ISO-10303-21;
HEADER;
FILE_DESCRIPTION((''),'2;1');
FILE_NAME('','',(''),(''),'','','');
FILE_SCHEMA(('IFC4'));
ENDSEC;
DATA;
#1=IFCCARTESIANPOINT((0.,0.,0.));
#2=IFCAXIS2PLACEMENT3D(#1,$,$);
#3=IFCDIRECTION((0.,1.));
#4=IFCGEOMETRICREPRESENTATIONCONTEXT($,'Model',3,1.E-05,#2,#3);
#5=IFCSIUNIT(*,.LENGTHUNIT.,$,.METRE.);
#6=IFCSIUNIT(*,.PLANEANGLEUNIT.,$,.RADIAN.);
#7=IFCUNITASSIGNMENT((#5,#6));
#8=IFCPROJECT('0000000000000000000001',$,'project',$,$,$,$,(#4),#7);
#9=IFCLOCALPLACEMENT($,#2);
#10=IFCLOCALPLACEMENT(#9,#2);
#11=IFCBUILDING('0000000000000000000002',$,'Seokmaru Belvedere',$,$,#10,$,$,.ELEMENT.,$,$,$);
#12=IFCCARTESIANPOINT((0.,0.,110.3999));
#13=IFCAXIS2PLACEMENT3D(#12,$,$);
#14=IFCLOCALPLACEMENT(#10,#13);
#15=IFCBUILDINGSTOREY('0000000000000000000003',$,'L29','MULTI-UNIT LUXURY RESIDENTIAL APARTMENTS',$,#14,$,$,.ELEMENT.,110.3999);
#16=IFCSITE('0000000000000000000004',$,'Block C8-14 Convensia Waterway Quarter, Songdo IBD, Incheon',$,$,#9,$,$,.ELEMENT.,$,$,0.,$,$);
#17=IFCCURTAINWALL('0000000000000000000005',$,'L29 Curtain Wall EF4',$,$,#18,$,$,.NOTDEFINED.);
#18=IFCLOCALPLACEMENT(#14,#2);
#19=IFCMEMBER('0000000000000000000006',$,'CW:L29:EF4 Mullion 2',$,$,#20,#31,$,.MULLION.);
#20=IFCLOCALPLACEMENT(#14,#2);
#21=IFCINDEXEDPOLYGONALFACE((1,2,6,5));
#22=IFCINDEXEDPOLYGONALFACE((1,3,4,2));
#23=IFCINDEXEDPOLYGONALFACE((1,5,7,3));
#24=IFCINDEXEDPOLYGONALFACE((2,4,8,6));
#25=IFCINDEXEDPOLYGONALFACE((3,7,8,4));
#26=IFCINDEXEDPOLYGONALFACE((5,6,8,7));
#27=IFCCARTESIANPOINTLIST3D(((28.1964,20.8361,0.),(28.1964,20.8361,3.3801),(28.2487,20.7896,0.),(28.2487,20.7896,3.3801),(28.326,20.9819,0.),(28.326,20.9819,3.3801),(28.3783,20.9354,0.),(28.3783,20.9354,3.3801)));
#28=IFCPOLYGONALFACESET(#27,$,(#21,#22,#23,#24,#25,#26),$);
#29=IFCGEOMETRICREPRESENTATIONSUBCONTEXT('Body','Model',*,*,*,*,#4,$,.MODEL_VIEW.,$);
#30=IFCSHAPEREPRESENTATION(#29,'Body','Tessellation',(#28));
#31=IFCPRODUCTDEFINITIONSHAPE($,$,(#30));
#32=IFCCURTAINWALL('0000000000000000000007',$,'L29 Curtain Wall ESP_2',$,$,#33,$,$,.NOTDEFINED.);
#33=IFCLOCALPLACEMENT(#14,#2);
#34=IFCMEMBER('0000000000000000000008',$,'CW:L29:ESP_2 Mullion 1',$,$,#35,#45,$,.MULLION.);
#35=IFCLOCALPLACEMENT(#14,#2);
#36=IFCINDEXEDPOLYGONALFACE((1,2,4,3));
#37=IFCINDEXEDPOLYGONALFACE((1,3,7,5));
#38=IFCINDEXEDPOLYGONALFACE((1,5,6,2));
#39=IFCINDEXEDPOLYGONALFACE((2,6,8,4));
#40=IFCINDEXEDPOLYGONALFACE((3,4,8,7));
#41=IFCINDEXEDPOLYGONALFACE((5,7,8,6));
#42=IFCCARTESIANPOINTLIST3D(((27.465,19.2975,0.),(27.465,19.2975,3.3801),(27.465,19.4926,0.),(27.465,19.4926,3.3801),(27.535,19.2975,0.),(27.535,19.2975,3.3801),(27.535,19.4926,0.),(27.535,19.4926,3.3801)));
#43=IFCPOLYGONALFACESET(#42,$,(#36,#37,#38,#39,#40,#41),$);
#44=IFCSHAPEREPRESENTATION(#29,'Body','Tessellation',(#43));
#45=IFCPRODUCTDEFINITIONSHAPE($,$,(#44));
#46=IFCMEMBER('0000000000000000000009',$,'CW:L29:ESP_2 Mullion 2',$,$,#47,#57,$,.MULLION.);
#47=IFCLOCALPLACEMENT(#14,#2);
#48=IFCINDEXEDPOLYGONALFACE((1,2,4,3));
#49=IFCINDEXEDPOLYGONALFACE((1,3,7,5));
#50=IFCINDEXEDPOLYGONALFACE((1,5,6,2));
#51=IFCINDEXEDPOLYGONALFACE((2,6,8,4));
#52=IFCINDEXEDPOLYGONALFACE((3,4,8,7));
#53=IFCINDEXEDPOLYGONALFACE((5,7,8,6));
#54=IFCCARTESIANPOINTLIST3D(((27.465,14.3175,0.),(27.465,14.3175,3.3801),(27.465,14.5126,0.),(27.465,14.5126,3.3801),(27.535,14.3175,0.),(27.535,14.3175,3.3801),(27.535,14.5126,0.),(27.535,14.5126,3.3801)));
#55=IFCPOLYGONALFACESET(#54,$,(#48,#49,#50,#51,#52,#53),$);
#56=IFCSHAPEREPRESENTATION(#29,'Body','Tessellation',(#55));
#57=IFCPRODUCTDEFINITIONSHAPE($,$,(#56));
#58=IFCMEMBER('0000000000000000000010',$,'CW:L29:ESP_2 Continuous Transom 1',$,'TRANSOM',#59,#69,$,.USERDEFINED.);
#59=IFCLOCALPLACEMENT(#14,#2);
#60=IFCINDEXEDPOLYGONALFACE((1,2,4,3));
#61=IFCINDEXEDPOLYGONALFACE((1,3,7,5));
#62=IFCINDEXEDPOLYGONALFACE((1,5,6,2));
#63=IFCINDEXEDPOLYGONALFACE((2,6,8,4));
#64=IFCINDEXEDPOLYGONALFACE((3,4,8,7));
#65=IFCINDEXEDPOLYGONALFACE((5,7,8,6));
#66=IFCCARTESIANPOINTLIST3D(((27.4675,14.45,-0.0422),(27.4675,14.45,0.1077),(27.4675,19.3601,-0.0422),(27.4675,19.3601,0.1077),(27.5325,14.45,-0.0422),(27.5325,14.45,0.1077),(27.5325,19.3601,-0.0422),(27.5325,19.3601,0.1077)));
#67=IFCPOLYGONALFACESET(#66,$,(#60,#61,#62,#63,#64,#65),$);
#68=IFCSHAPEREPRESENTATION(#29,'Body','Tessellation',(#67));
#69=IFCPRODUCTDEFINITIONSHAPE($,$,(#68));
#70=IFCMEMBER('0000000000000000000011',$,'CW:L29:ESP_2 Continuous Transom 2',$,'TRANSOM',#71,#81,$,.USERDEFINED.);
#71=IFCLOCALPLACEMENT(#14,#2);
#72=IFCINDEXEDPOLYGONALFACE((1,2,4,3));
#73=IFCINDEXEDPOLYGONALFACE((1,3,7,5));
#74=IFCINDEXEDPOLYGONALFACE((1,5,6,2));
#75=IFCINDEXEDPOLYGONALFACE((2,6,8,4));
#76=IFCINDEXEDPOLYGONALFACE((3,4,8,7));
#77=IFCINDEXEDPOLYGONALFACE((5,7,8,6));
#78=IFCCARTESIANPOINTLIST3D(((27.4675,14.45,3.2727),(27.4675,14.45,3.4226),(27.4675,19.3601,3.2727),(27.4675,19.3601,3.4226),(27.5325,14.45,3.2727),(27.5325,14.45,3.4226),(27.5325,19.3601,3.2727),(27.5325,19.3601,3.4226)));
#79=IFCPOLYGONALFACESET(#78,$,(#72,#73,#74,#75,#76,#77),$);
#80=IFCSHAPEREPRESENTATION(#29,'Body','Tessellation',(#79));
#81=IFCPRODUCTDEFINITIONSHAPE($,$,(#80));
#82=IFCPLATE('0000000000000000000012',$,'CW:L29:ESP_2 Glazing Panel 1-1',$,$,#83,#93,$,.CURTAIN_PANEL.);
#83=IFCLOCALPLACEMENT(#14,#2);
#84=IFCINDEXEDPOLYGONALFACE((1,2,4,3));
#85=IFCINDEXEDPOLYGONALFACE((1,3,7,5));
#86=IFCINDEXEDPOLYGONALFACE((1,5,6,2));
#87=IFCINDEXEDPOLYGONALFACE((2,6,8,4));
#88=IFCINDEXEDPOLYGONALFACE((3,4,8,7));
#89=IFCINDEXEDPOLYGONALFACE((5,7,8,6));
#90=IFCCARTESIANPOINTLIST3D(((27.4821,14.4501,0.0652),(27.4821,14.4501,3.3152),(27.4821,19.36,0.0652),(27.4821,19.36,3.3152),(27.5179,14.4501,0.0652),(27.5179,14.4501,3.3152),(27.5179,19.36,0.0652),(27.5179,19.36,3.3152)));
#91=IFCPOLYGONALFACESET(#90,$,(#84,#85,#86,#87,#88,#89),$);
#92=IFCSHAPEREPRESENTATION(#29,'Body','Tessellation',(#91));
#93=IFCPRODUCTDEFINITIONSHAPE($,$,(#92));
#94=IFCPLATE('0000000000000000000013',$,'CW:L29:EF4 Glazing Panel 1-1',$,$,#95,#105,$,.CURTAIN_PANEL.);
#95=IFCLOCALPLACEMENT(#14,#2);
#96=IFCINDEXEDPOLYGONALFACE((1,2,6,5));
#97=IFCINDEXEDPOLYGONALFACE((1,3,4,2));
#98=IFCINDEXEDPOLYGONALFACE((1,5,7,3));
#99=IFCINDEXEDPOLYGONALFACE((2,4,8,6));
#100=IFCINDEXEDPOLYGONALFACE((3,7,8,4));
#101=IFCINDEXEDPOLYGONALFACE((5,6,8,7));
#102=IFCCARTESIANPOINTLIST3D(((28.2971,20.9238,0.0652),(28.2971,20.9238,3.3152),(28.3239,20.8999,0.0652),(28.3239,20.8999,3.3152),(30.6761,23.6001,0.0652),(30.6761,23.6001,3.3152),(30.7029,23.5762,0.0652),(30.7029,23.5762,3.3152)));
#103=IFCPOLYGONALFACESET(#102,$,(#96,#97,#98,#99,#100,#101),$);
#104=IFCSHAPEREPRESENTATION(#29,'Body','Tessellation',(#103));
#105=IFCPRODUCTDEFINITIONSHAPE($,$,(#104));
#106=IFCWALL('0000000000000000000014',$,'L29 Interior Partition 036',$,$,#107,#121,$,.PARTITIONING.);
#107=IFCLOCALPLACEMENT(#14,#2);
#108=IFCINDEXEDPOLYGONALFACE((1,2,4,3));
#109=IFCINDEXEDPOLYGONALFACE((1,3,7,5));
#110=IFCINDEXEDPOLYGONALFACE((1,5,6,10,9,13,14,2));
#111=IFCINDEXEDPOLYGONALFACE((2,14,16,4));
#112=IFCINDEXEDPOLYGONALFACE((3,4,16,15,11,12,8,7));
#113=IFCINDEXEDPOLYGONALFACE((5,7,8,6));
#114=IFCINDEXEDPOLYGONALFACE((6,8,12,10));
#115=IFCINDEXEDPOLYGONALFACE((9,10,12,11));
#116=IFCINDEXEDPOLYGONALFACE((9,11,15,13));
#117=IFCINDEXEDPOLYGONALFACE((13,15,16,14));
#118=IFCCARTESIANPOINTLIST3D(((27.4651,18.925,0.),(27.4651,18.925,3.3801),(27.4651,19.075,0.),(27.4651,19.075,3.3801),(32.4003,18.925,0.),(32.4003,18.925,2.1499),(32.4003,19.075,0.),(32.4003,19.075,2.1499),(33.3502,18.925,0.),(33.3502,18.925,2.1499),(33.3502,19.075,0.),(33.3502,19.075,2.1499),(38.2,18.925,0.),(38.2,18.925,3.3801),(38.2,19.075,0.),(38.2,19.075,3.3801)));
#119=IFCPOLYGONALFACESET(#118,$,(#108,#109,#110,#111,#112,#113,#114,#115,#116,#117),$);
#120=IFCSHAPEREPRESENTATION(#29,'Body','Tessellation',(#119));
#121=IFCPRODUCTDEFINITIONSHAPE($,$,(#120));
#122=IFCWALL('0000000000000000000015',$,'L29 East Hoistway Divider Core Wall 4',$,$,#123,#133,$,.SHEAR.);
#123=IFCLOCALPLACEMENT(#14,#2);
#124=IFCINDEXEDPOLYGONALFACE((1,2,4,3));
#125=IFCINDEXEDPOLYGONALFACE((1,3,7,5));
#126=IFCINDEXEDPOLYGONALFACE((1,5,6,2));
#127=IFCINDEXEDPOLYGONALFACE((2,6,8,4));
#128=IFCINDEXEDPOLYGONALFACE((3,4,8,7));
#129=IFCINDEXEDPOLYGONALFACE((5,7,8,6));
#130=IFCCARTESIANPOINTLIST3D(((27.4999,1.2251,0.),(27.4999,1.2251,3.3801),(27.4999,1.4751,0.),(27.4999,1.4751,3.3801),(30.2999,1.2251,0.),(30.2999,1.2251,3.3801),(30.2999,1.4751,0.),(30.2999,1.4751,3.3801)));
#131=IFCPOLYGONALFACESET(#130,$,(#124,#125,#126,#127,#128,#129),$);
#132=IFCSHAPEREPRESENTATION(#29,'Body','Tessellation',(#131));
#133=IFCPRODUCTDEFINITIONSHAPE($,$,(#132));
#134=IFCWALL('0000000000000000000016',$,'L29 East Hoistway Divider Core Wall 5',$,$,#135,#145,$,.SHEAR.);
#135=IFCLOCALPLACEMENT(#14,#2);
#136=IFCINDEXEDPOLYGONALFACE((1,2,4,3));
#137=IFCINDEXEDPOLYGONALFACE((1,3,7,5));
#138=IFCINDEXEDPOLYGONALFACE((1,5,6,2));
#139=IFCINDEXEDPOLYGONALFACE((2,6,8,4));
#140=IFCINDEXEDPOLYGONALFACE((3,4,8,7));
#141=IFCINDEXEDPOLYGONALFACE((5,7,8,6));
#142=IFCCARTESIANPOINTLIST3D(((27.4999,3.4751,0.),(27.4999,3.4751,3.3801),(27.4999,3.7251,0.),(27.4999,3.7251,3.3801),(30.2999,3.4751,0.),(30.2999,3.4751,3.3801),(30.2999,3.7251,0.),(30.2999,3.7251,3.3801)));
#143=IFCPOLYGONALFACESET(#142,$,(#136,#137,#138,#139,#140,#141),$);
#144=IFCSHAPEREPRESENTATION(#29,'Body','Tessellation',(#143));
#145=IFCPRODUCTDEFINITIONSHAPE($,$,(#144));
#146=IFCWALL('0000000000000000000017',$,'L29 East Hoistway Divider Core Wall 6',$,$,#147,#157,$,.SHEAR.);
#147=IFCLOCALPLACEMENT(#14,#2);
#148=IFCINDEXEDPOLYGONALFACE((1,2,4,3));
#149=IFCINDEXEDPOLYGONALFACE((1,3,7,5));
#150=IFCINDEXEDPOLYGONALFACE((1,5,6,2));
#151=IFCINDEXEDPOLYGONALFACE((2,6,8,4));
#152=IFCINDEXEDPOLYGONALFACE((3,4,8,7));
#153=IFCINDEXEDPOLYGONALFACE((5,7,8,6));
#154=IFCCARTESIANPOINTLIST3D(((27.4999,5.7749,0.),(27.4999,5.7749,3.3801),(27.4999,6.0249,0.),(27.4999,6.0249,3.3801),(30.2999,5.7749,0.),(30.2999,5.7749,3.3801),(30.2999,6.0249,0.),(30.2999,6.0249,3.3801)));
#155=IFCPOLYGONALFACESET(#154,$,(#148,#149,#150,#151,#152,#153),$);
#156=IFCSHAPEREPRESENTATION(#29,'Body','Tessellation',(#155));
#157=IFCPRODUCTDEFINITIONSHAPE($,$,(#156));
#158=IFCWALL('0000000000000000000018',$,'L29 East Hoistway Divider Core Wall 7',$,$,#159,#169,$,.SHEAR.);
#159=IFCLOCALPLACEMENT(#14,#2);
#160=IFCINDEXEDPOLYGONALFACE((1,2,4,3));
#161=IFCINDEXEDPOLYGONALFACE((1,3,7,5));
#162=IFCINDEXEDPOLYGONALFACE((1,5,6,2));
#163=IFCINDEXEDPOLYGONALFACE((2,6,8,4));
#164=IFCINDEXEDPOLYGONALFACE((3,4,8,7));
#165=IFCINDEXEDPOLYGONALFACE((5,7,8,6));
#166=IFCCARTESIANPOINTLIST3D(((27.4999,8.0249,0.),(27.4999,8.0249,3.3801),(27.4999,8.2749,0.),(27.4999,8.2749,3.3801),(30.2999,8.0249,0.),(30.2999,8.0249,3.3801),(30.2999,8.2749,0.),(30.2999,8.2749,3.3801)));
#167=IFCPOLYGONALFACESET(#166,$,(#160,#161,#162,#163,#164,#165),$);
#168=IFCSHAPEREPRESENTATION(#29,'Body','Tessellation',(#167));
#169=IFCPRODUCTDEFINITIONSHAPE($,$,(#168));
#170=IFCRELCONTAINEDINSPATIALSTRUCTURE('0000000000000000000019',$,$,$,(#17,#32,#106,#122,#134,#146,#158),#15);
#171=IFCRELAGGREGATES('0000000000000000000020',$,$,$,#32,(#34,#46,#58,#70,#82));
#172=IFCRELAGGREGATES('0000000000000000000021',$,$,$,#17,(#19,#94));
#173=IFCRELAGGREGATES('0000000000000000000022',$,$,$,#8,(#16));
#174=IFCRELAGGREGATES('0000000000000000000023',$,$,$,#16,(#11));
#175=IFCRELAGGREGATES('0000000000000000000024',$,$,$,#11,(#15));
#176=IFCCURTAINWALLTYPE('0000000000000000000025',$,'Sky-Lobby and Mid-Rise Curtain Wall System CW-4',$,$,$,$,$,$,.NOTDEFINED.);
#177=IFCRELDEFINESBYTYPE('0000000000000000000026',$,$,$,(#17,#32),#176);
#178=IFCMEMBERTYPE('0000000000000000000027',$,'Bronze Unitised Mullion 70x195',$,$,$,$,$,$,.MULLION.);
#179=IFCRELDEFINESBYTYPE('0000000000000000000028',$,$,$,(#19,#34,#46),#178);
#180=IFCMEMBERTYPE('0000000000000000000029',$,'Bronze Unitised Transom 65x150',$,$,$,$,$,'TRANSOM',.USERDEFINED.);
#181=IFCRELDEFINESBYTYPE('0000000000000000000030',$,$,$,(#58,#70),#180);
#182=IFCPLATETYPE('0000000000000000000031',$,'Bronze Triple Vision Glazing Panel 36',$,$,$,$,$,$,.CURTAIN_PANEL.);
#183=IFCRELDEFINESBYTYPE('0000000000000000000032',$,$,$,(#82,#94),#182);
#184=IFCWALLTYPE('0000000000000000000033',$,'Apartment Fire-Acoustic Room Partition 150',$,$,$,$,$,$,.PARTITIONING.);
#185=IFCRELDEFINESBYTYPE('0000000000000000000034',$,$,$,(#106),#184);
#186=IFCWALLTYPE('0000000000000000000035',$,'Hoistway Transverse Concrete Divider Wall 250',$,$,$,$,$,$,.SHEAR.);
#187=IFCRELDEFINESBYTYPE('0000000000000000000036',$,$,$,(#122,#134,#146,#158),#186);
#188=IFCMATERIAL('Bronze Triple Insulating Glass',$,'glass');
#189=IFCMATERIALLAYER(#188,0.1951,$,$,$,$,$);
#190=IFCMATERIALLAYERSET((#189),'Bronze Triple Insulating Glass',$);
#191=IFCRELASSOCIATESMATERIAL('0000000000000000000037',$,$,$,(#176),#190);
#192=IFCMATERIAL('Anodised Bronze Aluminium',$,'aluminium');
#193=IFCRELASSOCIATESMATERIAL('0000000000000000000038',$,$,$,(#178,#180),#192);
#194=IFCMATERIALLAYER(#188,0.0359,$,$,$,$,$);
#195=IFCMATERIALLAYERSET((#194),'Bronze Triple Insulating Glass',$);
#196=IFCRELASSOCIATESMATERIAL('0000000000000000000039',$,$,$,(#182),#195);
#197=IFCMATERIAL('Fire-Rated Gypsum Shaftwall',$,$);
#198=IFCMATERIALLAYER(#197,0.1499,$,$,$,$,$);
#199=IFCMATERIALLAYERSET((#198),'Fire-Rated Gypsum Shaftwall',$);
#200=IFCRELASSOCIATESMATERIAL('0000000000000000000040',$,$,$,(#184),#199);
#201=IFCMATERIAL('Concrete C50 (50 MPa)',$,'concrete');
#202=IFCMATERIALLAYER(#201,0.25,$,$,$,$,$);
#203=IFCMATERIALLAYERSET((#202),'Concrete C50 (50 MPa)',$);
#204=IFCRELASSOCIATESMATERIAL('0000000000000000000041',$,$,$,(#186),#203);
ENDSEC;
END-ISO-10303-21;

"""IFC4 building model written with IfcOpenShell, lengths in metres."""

from ifc_helpers import new_model, si_unit, direction, frame, frame_2d, origin, origin_2d, place, context, subcontext, project, spatial, rectangle, extrude, source, transform, mapped, material, layer, layer_set, material_profile, profile_set, type_object, type_shapes, element, aggregate, save


model = new_model("IFC4")

# Units and contexts
model_context = context("Model", 3, precision=1e-05, world=origin(), true_north=direction((0.0, 1.0)))
body_context = subcontext(model_context, "Body", "Model", "MODEL_VIEW")
ifc_project = project(units=[si_unit("LENGTHUNIT", "METRE"), si_unit("PLANEANGLEUNIT", "RADIAN")], contexts=[model_context])

# Site, building, storey
site_placement = place(None, origin())
site = spatial("IfcSite", under=ifc_project, at=site_placement, Name="Block C8-14 Convensia Waterway Quarter, Songdo IBD, Incheon", CompositionType="ELEMENT", RefElevation=0.0)
building_placement = place(site_placement, origin())
building = spatial("IfcBuilding", under=site, at=building_placement, Name="Seokmaru Belvedere", CompositionType="ELEMENT")
storey_placement = place(building_placement, frame((0.0, 0.0, 110.3999)))
storey = spatial("IfcBuildingStorey", under=building, at=storey_placement, Name="L29", Description="MULTI-UNIT LUXURY RESIDENTIAL APARTMENTS", CompositionType="ELEMENT", Elevation=110.3999)

# Curtain wall, member
ifc_material_1 = material(Name="Bronze Triple Insulating Glass", Category="glass")
ifc_layer_1 = layer(ifc_material_1, 0.1951)
ifc_layer_set_1 = layer_set([ifc_layer_1], Name="Bronze Triple Insulating Glass")
curtain_wall_type = type_object("IfcCurtainWallType", Name="Sky-Lobby and Mid-Rise Curtain Wall System CW-4", PredefinedType="NOTDEFINED", material=ifc_layer_set_1)
curtain_wall_1_placement = place(storey_placement, origin())
curtain_wall_1 = element("IfcCurtainWall", 1, at=curtain_wall_1_placement, inside=storey, type_object=curtain_wall_type, Name="L29 Curtain Wall EF4", PredefinedType="NOTDEFINED")
ifc_material_2 = material(Name="Anodised Bronze Aluminium", Category="aluminium")
ifc_material_profile_1 = material_profile(ifc_material_2, rectangle(XDim=0.0701, YDim=0.1951, at=origin_2d()), Name="CW-M-70x195")
ifc_profile_set_1 = profile_set([ifc_material_profile_1], Name="Anodised Bronze Aluminium")
member_type_1 = type_object("IfcMemberType", Name="Bronze Unitised Mullion 70x195", PredefinedType="MULLION", material=ifc_profile_set_1)
shared_shape_1 = source(origin(), body_context, "Body", "SweptSolid", [
    extrude(rectangle(XDim=0.0701, YDim=0.1951, at=origin_2d()), origin(), (0.0, 0.0, 1.0), 3.3801),
])
type_shapes(member_type_1, [shared_shape_1])
member_1_placement = place(storey_placement, frame((28.2874, 20.8857, 0.0), z_axis=(0.0, 0.0, 1.0), x_axis=(0.74741, -0.664363, 0.0)))
member_1 = element("IfcMember", 2, at=member_1_placement, type_object=member_type_1, Name="CW:L29:EF4 Mullion 2", PredefinedType="MULLION", context=body_context, shape_type="MappedRepresentation", body=[
    mapped(shared_shape_1, transform((0.0, 0.0, 0.0), scale=1.0)),
])

# Curtain wall, members, plate
curtain_wall_2_placement = place(storey_placement, origin())
curtain_wall_2 = element("IfcCurtainWall", 3, at=curtain_wall_2_placement, inside=storey, type_object=curtain_wall_type, Name="L29 Curtain Wall ESP_2", PredefinedType="NOTDEFINED")
member_2_placement = place(storey_placement, frame((27.5, 19.395, 0.0), z_axis=(0.0, 0.0, 1.0), x_axis=(1.0, 0.0, 0.0)))
member_2 = element("IfcMember", 4, at=member_2_placement, type_object=member_type_1, Name="CW:L29:ESP_2 Mullion 1", PredefinedType="MULLION", context=body_context, shape_type="MappedRepresentation", body=[
    mapped(shared_shape_1, transform((0.0, 0.0, 0.0), scale=1.0)),
])
member_3_placement = place(storey_placement, frame((27.5, 14.415, 0.0), z_axis=(0.0, 0.0, 1.0), x_axis=(1.0, 0.0, 0.0)))
member_3 = element("IfcMember", 5, at=member_3_placement, type_object=member_type_1, Name="CW:L29:ESP_2 Mullion 2", PredefinedType="MULLION", context=body_context, shape_type="MappedRepresentation", body=[
    mapped(shared_shape_1, transform((0.0, 0.0, 0.0), scale=1.0)),
])
ifc_material_profile_2 = material_profile(ifc_material_2, rectangle(XDim=0.0649, YDim=0.1499, at=origin_2d()), Name="CW-T-65x150")
ifc_profile_set_2 = profile_set([ifc_material_profile_2], Name="Anodised Bronze Aluminium")
member_type_2 = type_object("IfcMemberType", Name="Bronze Unitised Transom 65x150", ElementType="TRANSOM", PredefinedType="USERDEFINED", material=ifc_profile_set_2)
shared_shape_2 = source(origin(), body_context, "Body", "SweptSolid", [
    extrude(rectangle(XDim=0.0649, YDim=0.1499, at=origin_2d()), origin(), (0.0, 0.0, 1.0), 4.9102),
])
type_shapes(member_type_2, [shared_shape_2])
member_4_placement = place(storey_placement, frame((27.5, 19.3601, 0.0327), z_axis=(0.0, -1.0, 0.0), x_axis=(1.0, 0.0, 0.0)))
member_4 = element("IfcMember", 6, at=member_4_placement, type_object=member_type_2, Name="CW:L29:ESP_2 Continuous Transom 1", ObjectType="TRANSOM", PredefinedType="USERDEFINED", context=body_context, shape_type="MappedRepresentation", body=[
    mapped(shared_shape_2, transform((0.0, 0.0, 0.0), scale=1.0)),
])
member_5_placement = place(storey_placement, frame((27.5, 19.3601, 3.3477), z_axis=(0.0, -1.0, 0.0), x_axis=(1.0, 0.0, 0.0)))
member_5 = element("IfcMember", 7, at=member_5_placement, type_object=member_type_2, Name="CW:L29:ESP_2 Continuous Transom 2", ObjectType="TRANSOM", PredefinedType="USERDEFINED", context=body_context, shape_type="MappedRepresentation", body=[
    mapped(shared_shape_2, transform((0.0, 0.0, 0.0), scale=1.0)),
])
ifc_layer_2 = layer(ifc_material_1, 0.0359)
ifc_layer_set_2 = layer_set([ifc_layer_2], Name="Bronze Triple Insulating Glass")
plate_type = type_object("IfcPlateType", Name="Bronze Triple Vision Glazing Panel 36", PredefinedType="CURTAIN_PANEL", material=ifc_layer_set_2)
shared_shape_3 = source(origin(), body_context, "Body", "SweptSolid", [
    extrude(rectangle(XDim=4.9099, YDim=0.0359, at=origin_2d()), origin(), (0.0, 0.0, 1.0), 3.25),
])
plate_1_placement = place(storey_placement, frame((27.5, 16.905, 0.0652), z_axis=(0.0, 0.0, 1.0), x_axis=(0.0, -1.0, 0.0)))
plate_1 = element("IfcPlate", 8, at=plate_1_placement, type_object=plate_type, Name="CW:L29:ESP_2 Glazing Panel 1-1", PredefinedType="CURTAIN_PANEL", context=body_context, shape_type="MappedRepresentation", body=[
    mapped(shared_shape_3, transform((0.0, 0.0, 0.0), scale=1.0)),
])
aggregate(curtain_wall_2, [member_2, member_3, member_4, member_5, plate_1])

# Plate
shared_shape_4 = source(origin(), body_context, "Body", "SweptSolid", [
    extrude(rectangle(XDim=3.5808, YDim=0.0359, at=origin_2d()), origin(), (0.0, 0.0, 1.0), 3.25),
])
type_shapes(plate_type, [shared_shape_3, shared_shape_4])
plate_2_placement = place(storey_placement, frame((29.5, 22.25, 0.0652), z_axis=(0.0, 0.0, 1.0), x_axis=(-0.664363, -0.74741, 0.0)))
plate_2 = element("IfcPlate", 9, at=plate_2_placement, type_object=plate_type, Name="CW:L29:EF4 Glazing Panel 1-1", PredefinedType="CURTAIN_PANEL", context=body_context, shape_type="MappedRepresentation", body=[
    mapped(shared_shape_4, transform((0.0, 0.0, 0.0), scale=1.0)),
])
aggregate(curtain_wall_1, [member_1, plate_2])

# Wall, opening
ifc_material_3 = material(Name="Fire-Rated Gypsum Shaftwall")
ifc_layer_3 = layer(ifc_material_3, 0.1499)
ifc_layer_set_3 = layer_set([ifc_layer_3], Name="Fire-Rated Gypsum Shaftwall")
wall_type_1 = type_object("IfcWallType", Name="Apartment Fire-Acoustic Room Partition 150", PredefinedType="PARTITIONING", material=ifc_layer_set_3)
wall_1_placement = place(storey_placement, frame((27.4651, 19.0, 0.0), z_axis=(0.0, 0.0, 1.0), x_axis=(1.0, 0.0, 0.0)))
wall_1 = element("IfcWall", 10, at=wall_1_placement, inside=storey, type_object=wall_type_1, Name="L29 Interior Partition 036", PredefinedType="PARTITIONING", context=body_context, shape_type="SweptSolid", body=[
    extrude(rectangle(XDim=10.7349, YDim=0.1499, at=frame_2d((5.3674, 0.0))), origin(), (0.0, 0.0, 1.0), 3.3801),
])
opening_1_placement = place(wall_1_placement, frame((4.9351, 0.0, 0.0)))
element("IfcOpeningElement", 11, at=opening_1_placement, cuts=wall_1, PredefinedType="OPENING", context=body_context, shape_type="SweptSolid", body=[
    extrude(rectangle(XDim=0.95, YDim=2.1499, at=frame_2d((0.4751, 1.075))), frame((0.0, 0.085, 0.0), z_axis=(0.0, -1.0, 0.0), x_axis=(1.0, 0.0, 0.0)), (0.0, 0.0, 1.0), 0.1699),
])

# Walls
ifc_material_4 = material(Name="Concrete C50 (50 MPa)", Category="concrete")
ifc_layer_4 = layer(ifc_material_4, 0.25)
ifc_layer_set_4 = layer_set([ifc_layer_4], Name="Concrete C50 (50 MPa)")
wall_type_2 = type_object("IfcWallType", Name="Hoistway Transverse Concrete Divider Wall 250", PredefinedType="SHEAR", material=ifc_layer_set_4)
for number, where, z_axis, x_axis, name in (
    (12, (27.5, 1.3501, 0.0), (0.0, 0.0, 1.0), (1.0, 0.0, 0.0), "L29 East Hoistway Divider Core Wall 4"),
    (13, (27.5, 3.6001, 0.0), (0.0, 0.0, 1.0), (1.0, 0.0, 0.0), "L29 East Hoistway Divider Core Wall 5"),
    (14, (27.5, 5.8999, 0.0), (0.0, 0.0, 1.0), (1.0, 0.0, 0.0), "L29 East Hoistway Divider Core Wall 6"),
    (15, (27.5, 8.1499, 0.0), (0.0, 0.0, 1.0), (1.0, 0.0, 0.0), "L29 East Hoistway Divider Core Wall 7"),
):
    element("IfcWall", number, at=place(storey_placement, frame(where, z_axis=z_axis, x_axis=x_axis)), inside=storey, type_object=wall_type_2, Name=name, PredefinedType="SHEAR", context=body_context, shape_type="SweptSolid", body=[
        extrude(rectangle(XDim=2.8, YDim=0.25, at=frame_2d((1.3999, 0.0))), origin(), (0.0, 0.0, 1.0), 3.3801),
    ])

save(model, "model.ifc")
